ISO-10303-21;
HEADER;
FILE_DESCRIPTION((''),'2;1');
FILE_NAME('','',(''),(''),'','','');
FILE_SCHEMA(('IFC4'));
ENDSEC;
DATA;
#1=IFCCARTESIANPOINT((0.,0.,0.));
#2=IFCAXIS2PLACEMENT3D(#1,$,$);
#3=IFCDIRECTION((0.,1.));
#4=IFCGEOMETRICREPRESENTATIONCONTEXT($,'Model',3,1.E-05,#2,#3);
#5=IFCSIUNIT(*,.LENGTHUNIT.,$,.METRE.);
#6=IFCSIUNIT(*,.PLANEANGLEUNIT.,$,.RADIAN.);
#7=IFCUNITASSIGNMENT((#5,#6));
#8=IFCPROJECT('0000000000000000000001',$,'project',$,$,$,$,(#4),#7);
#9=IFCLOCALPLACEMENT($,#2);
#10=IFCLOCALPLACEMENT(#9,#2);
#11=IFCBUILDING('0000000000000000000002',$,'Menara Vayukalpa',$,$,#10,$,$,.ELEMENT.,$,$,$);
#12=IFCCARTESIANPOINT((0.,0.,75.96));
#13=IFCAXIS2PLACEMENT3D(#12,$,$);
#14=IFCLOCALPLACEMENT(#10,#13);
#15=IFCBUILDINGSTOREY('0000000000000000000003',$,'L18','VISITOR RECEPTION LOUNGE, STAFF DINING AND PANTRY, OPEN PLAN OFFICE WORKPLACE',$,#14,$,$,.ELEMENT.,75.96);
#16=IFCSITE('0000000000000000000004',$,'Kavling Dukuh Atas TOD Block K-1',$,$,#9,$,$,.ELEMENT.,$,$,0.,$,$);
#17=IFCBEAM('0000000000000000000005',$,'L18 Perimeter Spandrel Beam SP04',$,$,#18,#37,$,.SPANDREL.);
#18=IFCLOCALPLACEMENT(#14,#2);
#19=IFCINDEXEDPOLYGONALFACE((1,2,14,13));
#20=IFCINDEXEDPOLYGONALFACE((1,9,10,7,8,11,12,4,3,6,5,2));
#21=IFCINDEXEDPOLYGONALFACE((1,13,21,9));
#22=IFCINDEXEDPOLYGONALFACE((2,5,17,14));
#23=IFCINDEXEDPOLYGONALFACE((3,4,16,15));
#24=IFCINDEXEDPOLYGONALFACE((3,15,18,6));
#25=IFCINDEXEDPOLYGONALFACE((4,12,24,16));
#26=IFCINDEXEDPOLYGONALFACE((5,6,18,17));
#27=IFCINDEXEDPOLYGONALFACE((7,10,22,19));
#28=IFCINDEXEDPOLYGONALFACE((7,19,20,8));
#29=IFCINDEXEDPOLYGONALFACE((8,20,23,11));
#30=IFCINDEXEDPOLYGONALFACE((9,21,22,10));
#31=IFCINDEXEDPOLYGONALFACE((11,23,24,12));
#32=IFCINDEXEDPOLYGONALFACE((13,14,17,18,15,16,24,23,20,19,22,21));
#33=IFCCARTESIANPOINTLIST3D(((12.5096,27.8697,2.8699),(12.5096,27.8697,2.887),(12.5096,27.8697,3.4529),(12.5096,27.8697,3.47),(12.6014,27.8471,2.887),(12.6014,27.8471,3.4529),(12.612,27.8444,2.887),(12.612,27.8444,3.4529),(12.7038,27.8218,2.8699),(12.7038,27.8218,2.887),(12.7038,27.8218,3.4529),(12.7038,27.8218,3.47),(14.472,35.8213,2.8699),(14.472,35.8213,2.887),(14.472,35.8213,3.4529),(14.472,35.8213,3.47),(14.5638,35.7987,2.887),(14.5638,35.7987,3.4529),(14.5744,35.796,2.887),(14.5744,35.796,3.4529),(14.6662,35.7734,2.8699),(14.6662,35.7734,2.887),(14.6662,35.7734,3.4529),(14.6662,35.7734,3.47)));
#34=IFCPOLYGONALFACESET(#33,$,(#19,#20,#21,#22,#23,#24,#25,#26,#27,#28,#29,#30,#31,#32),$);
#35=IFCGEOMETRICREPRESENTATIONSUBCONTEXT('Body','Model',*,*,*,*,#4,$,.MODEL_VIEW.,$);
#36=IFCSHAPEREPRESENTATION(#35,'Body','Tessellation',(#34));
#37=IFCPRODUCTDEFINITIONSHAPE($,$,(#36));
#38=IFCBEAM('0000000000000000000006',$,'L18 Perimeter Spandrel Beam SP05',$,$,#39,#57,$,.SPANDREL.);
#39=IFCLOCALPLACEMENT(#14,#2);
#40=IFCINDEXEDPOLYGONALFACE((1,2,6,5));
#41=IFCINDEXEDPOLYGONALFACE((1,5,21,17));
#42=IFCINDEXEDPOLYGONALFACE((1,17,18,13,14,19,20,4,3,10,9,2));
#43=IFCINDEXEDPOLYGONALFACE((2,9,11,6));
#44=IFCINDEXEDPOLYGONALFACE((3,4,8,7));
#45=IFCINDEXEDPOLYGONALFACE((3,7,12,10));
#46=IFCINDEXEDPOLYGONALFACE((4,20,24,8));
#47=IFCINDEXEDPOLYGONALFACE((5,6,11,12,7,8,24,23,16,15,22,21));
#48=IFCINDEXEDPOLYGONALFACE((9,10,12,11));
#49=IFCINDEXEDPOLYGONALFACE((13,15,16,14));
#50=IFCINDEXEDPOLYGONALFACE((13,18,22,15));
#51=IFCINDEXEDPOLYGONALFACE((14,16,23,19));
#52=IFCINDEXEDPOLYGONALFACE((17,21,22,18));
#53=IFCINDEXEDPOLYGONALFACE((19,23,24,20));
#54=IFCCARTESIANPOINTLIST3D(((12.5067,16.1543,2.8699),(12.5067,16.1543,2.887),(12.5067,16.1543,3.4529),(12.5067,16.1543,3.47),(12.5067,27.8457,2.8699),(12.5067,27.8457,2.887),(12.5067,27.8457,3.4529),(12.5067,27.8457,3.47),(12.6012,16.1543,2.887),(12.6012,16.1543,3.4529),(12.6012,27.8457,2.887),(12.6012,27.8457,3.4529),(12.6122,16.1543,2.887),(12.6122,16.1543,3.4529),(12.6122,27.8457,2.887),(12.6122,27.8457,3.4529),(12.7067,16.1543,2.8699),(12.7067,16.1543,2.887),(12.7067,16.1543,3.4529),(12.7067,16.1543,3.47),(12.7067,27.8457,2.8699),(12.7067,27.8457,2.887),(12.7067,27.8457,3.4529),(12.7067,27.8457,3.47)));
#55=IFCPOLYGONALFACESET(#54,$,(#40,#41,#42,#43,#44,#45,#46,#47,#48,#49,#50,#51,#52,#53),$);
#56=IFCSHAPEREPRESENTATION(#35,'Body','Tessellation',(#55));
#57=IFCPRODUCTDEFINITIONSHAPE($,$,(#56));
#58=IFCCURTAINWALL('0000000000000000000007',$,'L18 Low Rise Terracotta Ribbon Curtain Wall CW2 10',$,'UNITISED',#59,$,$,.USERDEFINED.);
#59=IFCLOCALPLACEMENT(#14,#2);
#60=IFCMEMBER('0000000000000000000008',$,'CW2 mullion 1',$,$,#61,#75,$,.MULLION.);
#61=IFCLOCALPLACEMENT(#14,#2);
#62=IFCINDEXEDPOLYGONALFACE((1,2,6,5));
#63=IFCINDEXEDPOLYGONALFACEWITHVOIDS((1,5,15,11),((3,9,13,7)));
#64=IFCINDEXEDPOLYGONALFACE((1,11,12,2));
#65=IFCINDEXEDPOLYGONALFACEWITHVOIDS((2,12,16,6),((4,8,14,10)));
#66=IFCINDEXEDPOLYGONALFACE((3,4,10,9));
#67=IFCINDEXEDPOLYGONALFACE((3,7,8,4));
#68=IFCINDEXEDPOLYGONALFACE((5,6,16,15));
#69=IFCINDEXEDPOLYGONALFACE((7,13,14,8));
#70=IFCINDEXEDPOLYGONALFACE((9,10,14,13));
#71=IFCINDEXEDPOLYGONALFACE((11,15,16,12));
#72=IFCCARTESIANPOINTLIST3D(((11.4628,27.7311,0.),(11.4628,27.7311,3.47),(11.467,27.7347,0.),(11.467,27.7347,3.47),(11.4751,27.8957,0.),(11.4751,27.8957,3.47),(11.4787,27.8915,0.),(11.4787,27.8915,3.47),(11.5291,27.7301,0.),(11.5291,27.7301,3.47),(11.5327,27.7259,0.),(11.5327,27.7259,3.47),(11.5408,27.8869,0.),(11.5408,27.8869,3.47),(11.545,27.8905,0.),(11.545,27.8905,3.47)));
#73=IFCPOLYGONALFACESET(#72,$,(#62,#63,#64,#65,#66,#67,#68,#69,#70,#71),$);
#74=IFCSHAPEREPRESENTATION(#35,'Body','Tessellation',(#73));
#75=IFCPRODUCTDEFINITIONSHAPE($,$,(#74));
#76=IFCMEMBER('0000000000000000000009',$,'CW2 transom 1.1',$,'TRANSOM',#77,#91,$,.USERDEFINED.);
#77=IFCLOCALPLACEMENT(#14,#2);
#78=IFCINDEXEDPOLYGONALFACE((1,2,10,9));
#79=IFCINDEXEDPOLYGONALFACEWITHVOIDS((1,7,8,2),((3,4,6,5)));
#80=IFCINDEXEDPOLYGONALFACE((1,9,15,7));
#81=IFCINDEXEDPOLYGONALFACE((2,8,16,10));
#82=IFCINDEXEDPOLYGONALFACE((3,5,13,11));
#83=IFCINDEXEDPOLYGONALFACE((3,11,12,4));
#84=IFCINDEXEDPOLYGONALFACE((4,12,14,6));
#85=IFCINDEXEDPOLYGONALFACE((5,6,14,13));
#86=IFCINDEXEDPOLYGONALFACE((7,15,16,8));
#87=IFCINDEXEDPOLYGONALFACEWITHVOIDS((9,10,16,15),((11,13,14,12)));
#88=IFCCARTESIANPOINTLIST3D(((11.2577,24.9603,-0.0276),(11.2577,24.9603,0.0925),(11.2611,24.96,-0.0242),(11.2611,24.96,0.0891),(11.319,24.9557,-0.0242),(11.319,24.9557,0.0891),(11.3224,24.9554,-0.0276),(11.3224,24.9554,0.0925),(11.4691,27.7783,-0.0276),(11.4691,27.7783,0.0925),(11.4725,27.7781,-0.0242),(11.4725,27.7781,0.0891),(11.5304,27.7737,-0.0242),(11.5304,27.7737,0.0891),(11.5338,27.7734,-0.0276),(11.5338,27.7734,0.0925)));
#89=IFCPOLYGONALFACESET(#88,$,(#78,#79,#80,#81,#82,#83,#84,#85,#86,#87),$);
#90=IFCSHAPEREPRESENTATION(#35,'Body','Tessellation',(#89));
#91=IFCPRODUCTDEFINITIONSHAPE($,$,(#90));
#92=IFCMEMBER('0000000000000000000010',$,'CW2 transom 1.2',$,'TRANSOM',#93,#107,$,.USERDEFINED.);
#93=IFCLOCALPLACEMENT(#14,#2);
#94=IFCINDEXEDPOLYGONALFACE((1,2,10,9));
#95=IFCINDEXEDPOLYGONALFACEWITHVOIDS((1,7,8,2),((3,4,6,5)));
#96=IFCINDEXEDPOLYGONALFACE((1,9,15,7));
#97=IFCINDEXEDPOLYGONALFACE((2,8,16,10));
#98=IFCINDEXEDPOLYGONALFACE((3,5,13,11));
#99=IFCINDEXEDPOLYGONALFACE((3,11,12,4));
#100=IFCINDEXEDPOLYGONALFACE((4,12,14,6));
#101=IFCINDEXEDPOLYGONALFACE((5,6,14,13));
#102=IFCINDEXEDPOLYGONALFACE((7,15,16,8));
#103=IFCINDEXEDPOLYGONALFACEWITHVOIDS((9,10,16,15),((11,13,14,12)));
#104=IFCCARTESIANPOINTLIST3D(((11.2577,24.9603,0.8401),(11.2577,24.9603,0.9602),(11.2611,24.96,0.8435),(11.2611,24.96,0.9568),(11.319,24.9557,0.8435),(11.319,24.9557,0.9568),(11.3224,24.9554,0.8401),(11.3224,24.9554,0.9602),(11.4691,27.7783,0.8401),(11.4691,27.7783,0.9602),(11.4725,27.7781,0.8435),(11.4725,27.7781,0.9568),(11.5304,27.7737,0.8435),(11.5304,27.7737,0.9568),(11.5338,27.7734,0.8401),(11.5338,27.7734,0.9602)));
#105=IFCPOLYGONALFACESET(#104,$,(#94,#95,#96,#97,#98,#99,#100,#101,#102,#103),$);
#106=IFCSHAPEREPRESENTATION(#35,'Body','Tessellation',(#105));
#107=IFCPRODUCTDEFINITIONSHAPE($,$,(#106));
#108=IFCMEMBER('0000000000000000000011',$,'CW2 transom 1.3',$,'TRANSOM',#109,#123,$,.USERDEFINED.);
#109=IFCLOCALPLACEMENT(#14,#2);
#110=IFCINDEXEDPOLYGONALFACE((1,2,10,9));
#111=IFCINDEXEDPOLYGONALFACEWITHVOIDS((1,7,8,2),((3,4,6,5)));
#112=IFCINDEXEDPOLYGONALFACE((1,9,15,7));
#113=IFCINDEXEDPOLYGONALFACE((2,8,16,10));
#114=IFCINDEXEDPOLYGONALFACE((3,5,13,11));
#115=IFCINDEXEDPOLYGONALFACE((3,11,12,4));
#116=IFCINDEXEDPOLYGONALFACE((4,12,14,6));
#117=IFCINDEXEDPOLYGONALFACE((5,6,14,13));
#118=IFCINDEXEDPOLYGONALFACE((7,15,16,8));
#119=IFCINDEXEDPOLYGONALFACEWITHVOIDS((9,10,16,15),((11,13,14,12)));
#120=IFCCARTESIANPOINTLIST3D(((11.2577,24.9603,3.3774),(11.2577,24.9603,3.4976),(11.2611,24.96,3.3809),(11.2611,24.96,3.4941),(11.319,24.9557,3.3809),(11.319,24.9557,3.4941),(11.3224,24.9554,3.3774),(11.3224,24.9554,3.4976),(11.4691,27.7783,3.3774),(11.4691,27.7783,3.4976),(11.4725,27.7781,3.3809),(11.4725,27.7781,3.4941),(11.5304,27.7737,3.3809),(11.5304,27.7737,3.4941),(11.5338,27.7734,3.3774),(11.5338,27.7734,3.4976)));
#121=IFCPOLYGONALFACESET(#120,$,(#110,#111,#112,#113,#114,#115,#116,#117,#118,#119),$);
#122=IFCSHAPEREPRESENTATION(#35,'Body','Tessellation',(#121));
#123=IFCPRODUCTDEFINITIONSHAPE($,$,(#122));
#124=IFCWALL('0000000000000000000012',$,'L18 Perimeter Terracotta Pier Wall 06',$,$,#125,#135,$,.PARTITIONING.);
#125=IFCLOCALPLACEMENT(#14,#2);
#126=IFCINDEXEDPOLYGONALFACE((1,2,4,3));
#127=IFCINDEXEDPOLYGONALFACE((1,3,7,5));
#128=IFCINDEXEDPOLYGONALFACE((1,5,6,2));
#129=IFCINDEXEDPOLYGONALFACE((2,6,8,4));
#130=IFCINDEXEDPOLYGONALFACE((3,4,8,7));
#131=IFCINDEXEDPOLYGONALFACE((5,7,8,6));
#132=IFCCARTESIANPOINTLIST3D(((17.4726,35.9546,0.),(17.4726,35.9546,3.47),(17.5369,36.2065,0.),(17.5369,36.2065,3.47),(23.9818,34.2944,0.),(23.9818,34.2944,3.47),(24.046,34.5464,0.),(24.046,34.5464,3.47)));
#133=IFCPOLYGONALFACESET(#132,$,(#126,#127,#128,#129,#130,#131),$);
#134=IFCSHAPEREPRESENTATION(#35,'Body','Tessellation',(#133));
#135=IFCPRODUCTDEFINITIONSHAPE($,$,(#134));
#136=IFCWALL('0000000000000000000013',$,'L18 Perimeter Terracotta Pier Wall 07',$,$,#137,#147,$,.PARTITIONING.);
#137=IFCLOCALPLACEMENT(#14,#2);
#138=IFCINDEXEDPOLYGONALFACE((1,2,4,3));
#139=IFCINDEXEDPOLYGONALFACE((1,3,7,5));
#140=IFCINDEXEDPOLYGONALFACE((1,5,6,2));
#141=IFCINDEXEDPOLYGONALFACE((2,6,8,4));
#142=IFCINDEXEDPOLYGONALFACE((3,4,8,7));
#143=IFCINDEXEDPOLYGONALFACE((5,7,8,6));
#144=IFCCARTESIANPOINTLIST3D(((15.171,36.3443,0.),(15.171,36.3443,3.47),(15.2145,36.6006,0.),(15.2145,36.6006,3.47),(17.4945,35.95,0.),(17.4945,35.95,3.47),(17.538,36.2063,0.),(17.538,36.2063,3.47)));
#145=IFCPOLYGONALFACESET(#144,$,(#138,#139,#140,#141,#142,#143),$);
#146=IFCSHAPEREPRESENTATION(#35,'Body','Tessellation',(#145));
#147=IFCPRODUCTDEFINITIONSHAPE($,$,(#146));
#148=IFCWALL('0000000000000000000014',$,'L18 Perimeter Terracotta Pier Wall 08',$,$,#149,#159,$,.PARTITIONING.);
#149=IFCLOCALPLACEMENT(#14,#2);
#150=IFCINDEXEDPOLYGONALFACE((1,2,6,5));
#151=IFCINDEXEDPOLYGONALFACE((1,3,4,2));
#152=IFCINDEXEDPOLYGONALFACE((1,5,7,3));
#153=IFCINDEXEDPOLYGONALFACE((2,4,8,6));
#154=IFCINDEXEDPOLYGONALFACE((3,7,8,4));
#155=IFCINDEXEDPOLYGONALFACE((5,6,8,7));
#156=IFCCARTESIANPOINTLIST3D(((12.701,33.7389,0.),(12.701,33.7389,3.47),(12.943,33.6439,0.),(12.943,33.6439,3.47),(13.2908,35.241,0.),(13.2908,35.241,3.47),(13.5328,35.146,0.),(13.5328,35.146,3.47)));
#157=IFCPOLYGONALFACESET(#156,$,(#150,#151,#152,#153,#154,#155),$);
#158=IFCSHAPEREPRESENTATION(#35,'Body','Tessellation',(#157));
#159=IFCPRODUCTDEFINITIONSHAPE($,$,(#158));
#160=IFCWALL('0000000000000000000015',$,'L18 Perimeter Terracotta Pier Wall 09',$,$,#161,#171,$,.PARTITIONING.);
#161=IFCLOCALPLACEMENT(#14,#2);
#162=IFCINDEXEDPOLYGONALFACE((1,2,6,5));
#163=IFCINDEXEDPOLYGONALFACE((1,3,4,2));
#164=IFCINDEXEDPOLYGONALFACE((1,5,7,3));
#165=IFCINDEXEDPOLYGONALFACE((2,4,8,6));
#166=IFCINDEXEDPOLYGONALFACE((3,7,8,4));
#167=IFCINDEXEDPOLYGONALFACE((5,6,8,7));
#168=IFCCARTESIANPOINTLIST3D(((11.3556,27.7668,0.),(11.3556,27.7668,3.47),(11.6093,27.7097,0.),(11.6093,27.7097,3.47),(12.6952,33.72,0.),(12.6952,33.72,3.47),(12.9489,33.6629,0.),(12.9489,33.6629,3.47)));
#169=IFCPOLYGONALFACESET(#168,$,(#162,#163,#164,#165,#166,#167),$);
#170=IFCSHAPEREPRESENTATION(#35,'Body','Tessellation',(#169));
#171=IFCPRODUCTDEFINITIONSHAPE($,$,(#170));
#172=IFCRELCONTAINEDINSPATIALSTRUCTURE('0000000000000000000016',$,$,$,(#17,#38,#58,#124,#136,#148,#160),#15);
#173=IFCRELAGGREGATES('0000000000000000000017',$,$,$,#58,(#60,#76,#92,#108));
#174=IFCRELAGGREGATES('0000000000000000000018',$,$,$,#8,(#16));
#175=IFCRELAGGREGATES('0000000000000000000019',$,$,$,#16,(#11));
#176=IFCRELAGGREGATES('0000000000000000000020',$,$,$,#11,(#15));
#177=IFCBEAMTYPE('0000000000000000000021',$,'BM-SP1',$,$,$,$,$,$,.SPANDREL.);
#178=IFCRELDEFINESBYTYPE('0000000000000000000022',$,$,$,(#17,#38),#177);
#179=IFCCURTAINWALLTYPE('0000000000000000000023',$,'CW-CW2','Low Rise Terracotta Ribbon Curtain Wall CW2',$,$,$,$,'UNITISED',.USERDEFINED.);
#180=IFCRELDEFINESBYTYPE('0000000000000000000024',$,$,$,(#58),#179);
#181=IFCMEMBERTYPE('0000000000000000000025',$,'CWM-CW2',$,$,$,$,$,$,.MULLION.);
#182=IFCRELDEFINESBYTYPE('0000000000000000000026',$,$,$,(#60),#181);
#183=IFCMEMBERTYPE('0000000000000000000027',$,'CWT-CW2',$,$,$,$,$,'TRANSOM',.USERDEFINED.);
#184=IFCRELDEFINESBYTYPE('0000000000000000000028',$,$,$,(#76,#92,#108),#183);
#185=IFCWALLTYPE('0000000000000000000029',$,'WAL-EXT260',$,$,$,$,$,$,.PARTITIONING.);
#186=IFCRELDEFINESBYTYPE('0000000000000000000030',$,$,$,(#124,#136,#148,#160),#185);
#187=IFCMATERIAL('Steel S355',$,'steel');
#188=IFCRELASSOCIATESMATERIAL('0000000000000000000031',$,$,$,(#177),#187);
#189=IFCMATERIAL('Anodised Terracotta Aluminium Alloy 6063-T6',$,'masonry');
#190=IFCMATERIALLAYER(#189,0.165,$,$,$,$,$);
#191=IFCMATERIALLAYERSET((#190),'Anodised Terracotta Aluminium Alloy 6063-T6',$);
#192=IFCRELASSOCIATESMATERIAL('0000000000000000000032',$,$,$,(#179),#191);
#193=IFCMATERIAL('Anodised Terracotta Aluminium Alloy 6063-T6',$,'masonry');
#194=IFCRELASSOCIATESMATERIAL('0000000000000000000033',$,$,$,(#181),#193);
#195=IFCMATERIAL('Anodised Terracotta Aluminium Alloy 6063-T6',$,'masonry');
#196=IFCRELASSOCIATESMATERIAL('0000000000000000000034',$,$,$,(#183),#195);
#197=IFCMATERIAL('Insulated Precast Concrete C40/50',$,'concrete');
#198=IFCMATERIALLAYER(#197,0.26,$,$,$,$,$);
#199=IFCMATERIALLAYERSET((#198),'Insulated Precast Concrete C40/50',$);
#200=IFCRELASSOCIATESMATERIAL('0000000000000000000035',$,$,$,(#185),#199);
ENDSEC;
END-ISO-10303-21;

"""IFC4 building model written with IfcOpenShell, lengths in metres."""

from ifc_helpers import new_model, si_unit, direction, frame, frame_2d, origin, origin_2d, place, context, subcontext, project, spatial, rectangle, hollow_rectangle, i_section, extrude, material, layer, layer_set, material_profile, profile_set, type_object, element, aggregate, save


model = new_model("IFC4")

# Units and contexts
model_context = context("Model", 3, precision=1e-05, world=origin(), true_north=direction((0.0, 1.0)))
body_context = subcontext(model_context, "Body", "Model", "MODEL_VIEW")
ifc_project = project(units=[si_unit("LENGTHUNIT", "METRE"), si_unit("PLANEANGLEUNIT", "RADIAN")], contexts=[model_context])

# Site, building, storey
site_placement = place(None, origin())
site = spatial("IfcSite", under=ifc_project, at=site_placement, Name="Kavling Dukuh Atas TOD Block K-1", CompositionType="ELEMENT", RefElevation=0.0)
building_placement = place(site_placement, origin())
building = spatial("IfcBuilding", under=site, at=building_placement, Name="Menara Vayukalpa", CompositionType="ELEMENT")
storey_placement = place(building_placement, frame((0.0, 0.0, 75.96)))
storey = spatial("IfcBuildingStorey", under=building, at=storey_placement, Name="L18", Description="VISITOR RECEPTION LOUNGE, STAFF DINING AND PANTRY, OPEN PLAN OFFICE WORKPLACE", CompositionType="ELEMENT", Elevation=75.96)

# Beams
ifc_material_1 = material(Name="Steel S355", Category="steel")
ifc_material_profile_1 = material_profile(ifc_material_1, i_section(OverallWidth=0.2, OverallDepth=0.6001, WebThickness=0.011, FlangeThickness=0.0171, at=origin_2d()), Name="WF 600x200x11x17")
ifc_profile_set_1 = profile_set([ifc_material_profile_1], Name="Steel S355")
beam_type_1 = type_object("IfcBeamType", Name="BM-SP1", PredefinedType="SPANDREL", material=ifc_profile_set_1)
beam_1_placement = place(storey_placement, frame((14.5691, 35.7974, 3.1699), z_axis=(-0.239603, -0.970871, 0.0), x_axis=(0.970871, -0.239603, 0.0)))
element("IfcBeam", 1, at=beam_1_placement, inside=storey, type_object=beam_type_1, Name="L18 Perimeter Spandrel Beam SP04", PredefinedType="SPANDREL", context=body_context, shape_type="SweptSolid", body=[
    extrude(i_section(OverallWidth=0.2, OverallDepth=0.6001, WebThickness=0.011, FlangeThickness=0.0171, at=origin_2d()), origin(), (0.0, 0.0, 1.0), 8.1902),
])
beam_2_placement = place(storey_placement, frame((12.6067, 27.8457, 3.1699), z_axis=(0.0, -1.0, 0.0), x_axis=(1.0, 0.0, 0.0)))
element("IfcBeam", 2, at=beam_2_placement, inside=storey, type_object=beam_type_1, Name="L18 Perimeter Spandrel Beam SP05", PredefinedType="SPANDREL", context=body_context, shape_type="SweptSolid", body=[
    extrude(i_section(OverallWidth=0.2, OverallDepth=0.6001, WebThickness=0.011, FlangeThickness=0.0171, at=origin_2d()), origin(), (0.0, 0.0, 1.0), 11.6914),
])

# Curtain wall, members
ifc_material_2 = material(Name="Anodised Terracotta Aluminium Alloy 6063-T6", Category="masonry")
ifc_layer_1 = layer(ifc_material_2, 0.165)
ifc_layer_set_1 = layer_set([ifc_layer_1], Name="Anodised Terracotta Aluminium Alloy 6063-T6")
curtain_wall_type = type_object("IfcCurtainWallType", Name="CW-CW2", Description="Low Rise Terracotta Ribbon Curtain Wall CW2", ElementType="UNITISED", PredefinedType="USERDEFINED", material=ifc_layer_set_1)
curtain_wall_placement = place(storey_placement, origin())
curtain_wall = element("IfcCurtainWall", 3, at=curtain_wall_placement, inside=storey, type_object=curtain_wall_type, Name="L18 Low Rise Terracotta Ribbon Curtain Wall CW2 10", ObjectType="UNITISED", PredefinedType="USERDEFINED")
ifc_material_3 = material(Name="Anodised Terracotta Aluminium Alloy 6063-T6", Category="masonry")
ifc_material_profile_2 = material_profile(ifc_material_3, hollow_rectangle(XDim=0.0701, YDim=0.165, WallThickness=0.0039, at=origin_2d()), Name="ALU 70x165x4")
ifc_profile_set_2 = profile_set([ifc_material_profile_2], Name="Anodised Terracotta Aluminium Alloy 6063-T6")
member_type_1 = type_object("IfcMemberType", Name="CWM-CW2", PredefinedType="MULLION", material=ifc_profile_set_2)
member_1_placement = place(storey_placement, frame((11.5039, 27.8108, 0.0), z_axis=(0.0, 0.0, 1.0), x_axis=(0.9972, -0.074785, 0.0)))
member_1 = element("IfcMember", 4, at=member_1_placement, type_object=member_type_1, Name="CW2 mullion 1", PredefinedType="MULLION", context=body_context, shape_type="SweptSolid", body=[
    extrude(hollow_rectangle(XDim=0.0701, YDim=0.165, WallThickness=0.0039, at=origin_2d()), origin(), (0.0, 0.0, 1.0), 3.47),
])
ifc_material_4 = material(Name="Anodised Terracotta Aluminium Alloy 6063-T6", Category="masonry")
ifc_material_profile_3 = material_profile(ifc_material_4, hollow_rectangle(XDim=0.0649, YDim=0.1201, WallThickness=0.0034, at=origin_2d()), Name="ALU 65x120x3.5")
ifc_profile_set_3 = profile_set([ifc_material_profile_3], Name="Anodised Terracotta Aluminium Alloy 6063-T6")
member_type_2 = type_object("IfcMemberType", Name="CWT-CW2", ElementType="TRANSOM", PredefinedType="USERDEFINED", material=ifc_profile_set_3)
member_2_placement = place(storey_placement, frame((11.5015, 27.7759, 0.0325), z_axis=(-0.074814, -0.997198, 0.0), x_axis=(0.997198, -0.074814, 0.0)))
member_2 = element("IfcMember", 5, at=member_2_placement, type_object=member_type_2, Name="CW2 transom 1.1", ObjectType="TRANSOM", PredefinedType="USERDEFINED", context=body_context, shape_type="SweptSolid", body=[
    extrude(hollow_rectangle(XDim=0.0649, YDim=0.1201, WallThickness=0.0034, at=origin_2d()), origin(), (0.0, 0.0, 1.0), 2.8259),
])
member_3_placement = place(storey_placement, frame((11.5015, 27.7759, 0.9001), z_axis=(-0.074814, -0.997198, 0.0), x_axis=(0.997198, -0.074814, 0.0)))
member_3 = element("IfcMember", 6, at=member_3_placement, type_object=member_type_2, Name="CW2 transom 1.2", ObjectType="TRANSOM", PredefinedType="USERDEFINED", context=body_context, shape_type="SweptSolid", body=[
    extrude(hollow_rectangle(XDim=0.0649, YDim=0.1201, WallThickness=0.0034, at=origin_2d()), origin(), (0.0, 0.0, 1.0), 2.8259),
])
member_4_placement = place(storey_placement, frame((11.5015, 27.7759, 3.4375), z_axis=(-0.074814, -0.997198, 0.0), x_axis=(0.997198, -0.074814, 0.0)))
member_4 = element("IfcMember", 7, at=member_4_placement, type_object=member_type_2, Name="CW2 transom 1.3", ObjectType="TRANSOM", PredefinedType="USERDEFINED", context=body_context, shape_type="SweptSolid", body=[
    extrude(hollow_rectangle(XDim=0.0649, YDim=0.1201, WallThickness=0.0034, at=origin_2d()), origin(), (0.0, 0.0, 1.0), 2.8259),
])
aggregate(curtain_wall, [member_1, member_2, member_3, member_4])

# Walls
ifc_material_5 = material(Name="Insulated Precast Concrete C40/50", Category="concrete")
ifc_layer_2 = layer(ifc_material_5, 0.26)
ifc_layer_set_2 = layer_set([ifc_layer_2], Name="Insulated Precast Concrete C40/50")
wall_type_1 = type_object("IfcWallType", Name="WAL-EXT260", PredefinedType="PARTITIONING", material=ifc_layer_set_2)
wall_1_placement = place(storey_placement, frame((17.5046, 36.0806, 0.0), z_axis=(0.0, 0.0, 1.0), x_axis=(0.968981, -0.247134, 0.0)))
element("IfcWall", 8, at=wall_1_placement, inside=storey, type_object=wall_type_1, Name="L18 Perimeter Terracotta Pier Wall 06", PredefinedType="PARTITIONING", context=body_context, shape_type="SweptSolid", body=[
    extrude(rectangle(XDim=6.7175, YDim=0.26, at=frame_2d((3.3589, 0.0))), origin(), (0.0, 0.0, 1.0), 3.47),
])
wall_2_placement = place(storey_placement, frame((15.1929, 36.4724, 0.0), z_axis=(0.0, 0.0, 1.0), x_axis=(0.985905, -0.167305, 0.0)))
element("IfcWall", 9, at=wall_2_placement, inside=storey, type_object=wall_type_1, Name="L18 Perimeter Terracotta Pier Wall 07", PredefinedType="PARTITIONING", context=body_context, shape_type="SweptSolid", body=[
    extrude(rectangle(XDim=2.3567, YDim=0.26, at=frame_2d((1.1782, 0.0))), origin(), (0.0, 0.0, 1.0), 3.47),
])
wall_3_placement = place(storey_placement, frame((12.822, 33.6914, 0.0), z_axis=(0.0, 0.0, 1.0), x_axis=(0.365489, 0.930816, 0.0)))
element("IfcWall", 10, at=wall_3_placement, inside=storey, type_object=wall_type_1, Name="L18 Perimeter Terracotta Pier Wall 08", PredefinedType="PARTITIONING", context=body_context, shape_type="SweptSolid", body=[
    extrude(rectangle(XDim=1.6138, YDim=0.26, at=frame_2d((0.8069, 0.0))), origin(), (0.0, 0.0, 1.0), 3.47),
])
wall_4_placement = place(storey_placement, frame((11.4824, 27.7383, 0.0), z_axis=(0.0, 0.0, 1.0), x_axis=(0.219535, 0.975605, 0.0)))
element("IfcWall", 11, at=wall_4_placement, inside=storey, type_object=wall_type_1, Name="L18 Perimeter Terracotta Pier Wall 09", PredefinedType="PARTITIONING", context=body_context, shape_type="SweptSolid", body=[
    extrude(rectangle(XDim=6.1021, YDim=0.26, at=frame_2d((3.051, 0.0))), origin(), (0.0, 0.0, 1.0), 3.47),
])

save(model, "model.ifc")
